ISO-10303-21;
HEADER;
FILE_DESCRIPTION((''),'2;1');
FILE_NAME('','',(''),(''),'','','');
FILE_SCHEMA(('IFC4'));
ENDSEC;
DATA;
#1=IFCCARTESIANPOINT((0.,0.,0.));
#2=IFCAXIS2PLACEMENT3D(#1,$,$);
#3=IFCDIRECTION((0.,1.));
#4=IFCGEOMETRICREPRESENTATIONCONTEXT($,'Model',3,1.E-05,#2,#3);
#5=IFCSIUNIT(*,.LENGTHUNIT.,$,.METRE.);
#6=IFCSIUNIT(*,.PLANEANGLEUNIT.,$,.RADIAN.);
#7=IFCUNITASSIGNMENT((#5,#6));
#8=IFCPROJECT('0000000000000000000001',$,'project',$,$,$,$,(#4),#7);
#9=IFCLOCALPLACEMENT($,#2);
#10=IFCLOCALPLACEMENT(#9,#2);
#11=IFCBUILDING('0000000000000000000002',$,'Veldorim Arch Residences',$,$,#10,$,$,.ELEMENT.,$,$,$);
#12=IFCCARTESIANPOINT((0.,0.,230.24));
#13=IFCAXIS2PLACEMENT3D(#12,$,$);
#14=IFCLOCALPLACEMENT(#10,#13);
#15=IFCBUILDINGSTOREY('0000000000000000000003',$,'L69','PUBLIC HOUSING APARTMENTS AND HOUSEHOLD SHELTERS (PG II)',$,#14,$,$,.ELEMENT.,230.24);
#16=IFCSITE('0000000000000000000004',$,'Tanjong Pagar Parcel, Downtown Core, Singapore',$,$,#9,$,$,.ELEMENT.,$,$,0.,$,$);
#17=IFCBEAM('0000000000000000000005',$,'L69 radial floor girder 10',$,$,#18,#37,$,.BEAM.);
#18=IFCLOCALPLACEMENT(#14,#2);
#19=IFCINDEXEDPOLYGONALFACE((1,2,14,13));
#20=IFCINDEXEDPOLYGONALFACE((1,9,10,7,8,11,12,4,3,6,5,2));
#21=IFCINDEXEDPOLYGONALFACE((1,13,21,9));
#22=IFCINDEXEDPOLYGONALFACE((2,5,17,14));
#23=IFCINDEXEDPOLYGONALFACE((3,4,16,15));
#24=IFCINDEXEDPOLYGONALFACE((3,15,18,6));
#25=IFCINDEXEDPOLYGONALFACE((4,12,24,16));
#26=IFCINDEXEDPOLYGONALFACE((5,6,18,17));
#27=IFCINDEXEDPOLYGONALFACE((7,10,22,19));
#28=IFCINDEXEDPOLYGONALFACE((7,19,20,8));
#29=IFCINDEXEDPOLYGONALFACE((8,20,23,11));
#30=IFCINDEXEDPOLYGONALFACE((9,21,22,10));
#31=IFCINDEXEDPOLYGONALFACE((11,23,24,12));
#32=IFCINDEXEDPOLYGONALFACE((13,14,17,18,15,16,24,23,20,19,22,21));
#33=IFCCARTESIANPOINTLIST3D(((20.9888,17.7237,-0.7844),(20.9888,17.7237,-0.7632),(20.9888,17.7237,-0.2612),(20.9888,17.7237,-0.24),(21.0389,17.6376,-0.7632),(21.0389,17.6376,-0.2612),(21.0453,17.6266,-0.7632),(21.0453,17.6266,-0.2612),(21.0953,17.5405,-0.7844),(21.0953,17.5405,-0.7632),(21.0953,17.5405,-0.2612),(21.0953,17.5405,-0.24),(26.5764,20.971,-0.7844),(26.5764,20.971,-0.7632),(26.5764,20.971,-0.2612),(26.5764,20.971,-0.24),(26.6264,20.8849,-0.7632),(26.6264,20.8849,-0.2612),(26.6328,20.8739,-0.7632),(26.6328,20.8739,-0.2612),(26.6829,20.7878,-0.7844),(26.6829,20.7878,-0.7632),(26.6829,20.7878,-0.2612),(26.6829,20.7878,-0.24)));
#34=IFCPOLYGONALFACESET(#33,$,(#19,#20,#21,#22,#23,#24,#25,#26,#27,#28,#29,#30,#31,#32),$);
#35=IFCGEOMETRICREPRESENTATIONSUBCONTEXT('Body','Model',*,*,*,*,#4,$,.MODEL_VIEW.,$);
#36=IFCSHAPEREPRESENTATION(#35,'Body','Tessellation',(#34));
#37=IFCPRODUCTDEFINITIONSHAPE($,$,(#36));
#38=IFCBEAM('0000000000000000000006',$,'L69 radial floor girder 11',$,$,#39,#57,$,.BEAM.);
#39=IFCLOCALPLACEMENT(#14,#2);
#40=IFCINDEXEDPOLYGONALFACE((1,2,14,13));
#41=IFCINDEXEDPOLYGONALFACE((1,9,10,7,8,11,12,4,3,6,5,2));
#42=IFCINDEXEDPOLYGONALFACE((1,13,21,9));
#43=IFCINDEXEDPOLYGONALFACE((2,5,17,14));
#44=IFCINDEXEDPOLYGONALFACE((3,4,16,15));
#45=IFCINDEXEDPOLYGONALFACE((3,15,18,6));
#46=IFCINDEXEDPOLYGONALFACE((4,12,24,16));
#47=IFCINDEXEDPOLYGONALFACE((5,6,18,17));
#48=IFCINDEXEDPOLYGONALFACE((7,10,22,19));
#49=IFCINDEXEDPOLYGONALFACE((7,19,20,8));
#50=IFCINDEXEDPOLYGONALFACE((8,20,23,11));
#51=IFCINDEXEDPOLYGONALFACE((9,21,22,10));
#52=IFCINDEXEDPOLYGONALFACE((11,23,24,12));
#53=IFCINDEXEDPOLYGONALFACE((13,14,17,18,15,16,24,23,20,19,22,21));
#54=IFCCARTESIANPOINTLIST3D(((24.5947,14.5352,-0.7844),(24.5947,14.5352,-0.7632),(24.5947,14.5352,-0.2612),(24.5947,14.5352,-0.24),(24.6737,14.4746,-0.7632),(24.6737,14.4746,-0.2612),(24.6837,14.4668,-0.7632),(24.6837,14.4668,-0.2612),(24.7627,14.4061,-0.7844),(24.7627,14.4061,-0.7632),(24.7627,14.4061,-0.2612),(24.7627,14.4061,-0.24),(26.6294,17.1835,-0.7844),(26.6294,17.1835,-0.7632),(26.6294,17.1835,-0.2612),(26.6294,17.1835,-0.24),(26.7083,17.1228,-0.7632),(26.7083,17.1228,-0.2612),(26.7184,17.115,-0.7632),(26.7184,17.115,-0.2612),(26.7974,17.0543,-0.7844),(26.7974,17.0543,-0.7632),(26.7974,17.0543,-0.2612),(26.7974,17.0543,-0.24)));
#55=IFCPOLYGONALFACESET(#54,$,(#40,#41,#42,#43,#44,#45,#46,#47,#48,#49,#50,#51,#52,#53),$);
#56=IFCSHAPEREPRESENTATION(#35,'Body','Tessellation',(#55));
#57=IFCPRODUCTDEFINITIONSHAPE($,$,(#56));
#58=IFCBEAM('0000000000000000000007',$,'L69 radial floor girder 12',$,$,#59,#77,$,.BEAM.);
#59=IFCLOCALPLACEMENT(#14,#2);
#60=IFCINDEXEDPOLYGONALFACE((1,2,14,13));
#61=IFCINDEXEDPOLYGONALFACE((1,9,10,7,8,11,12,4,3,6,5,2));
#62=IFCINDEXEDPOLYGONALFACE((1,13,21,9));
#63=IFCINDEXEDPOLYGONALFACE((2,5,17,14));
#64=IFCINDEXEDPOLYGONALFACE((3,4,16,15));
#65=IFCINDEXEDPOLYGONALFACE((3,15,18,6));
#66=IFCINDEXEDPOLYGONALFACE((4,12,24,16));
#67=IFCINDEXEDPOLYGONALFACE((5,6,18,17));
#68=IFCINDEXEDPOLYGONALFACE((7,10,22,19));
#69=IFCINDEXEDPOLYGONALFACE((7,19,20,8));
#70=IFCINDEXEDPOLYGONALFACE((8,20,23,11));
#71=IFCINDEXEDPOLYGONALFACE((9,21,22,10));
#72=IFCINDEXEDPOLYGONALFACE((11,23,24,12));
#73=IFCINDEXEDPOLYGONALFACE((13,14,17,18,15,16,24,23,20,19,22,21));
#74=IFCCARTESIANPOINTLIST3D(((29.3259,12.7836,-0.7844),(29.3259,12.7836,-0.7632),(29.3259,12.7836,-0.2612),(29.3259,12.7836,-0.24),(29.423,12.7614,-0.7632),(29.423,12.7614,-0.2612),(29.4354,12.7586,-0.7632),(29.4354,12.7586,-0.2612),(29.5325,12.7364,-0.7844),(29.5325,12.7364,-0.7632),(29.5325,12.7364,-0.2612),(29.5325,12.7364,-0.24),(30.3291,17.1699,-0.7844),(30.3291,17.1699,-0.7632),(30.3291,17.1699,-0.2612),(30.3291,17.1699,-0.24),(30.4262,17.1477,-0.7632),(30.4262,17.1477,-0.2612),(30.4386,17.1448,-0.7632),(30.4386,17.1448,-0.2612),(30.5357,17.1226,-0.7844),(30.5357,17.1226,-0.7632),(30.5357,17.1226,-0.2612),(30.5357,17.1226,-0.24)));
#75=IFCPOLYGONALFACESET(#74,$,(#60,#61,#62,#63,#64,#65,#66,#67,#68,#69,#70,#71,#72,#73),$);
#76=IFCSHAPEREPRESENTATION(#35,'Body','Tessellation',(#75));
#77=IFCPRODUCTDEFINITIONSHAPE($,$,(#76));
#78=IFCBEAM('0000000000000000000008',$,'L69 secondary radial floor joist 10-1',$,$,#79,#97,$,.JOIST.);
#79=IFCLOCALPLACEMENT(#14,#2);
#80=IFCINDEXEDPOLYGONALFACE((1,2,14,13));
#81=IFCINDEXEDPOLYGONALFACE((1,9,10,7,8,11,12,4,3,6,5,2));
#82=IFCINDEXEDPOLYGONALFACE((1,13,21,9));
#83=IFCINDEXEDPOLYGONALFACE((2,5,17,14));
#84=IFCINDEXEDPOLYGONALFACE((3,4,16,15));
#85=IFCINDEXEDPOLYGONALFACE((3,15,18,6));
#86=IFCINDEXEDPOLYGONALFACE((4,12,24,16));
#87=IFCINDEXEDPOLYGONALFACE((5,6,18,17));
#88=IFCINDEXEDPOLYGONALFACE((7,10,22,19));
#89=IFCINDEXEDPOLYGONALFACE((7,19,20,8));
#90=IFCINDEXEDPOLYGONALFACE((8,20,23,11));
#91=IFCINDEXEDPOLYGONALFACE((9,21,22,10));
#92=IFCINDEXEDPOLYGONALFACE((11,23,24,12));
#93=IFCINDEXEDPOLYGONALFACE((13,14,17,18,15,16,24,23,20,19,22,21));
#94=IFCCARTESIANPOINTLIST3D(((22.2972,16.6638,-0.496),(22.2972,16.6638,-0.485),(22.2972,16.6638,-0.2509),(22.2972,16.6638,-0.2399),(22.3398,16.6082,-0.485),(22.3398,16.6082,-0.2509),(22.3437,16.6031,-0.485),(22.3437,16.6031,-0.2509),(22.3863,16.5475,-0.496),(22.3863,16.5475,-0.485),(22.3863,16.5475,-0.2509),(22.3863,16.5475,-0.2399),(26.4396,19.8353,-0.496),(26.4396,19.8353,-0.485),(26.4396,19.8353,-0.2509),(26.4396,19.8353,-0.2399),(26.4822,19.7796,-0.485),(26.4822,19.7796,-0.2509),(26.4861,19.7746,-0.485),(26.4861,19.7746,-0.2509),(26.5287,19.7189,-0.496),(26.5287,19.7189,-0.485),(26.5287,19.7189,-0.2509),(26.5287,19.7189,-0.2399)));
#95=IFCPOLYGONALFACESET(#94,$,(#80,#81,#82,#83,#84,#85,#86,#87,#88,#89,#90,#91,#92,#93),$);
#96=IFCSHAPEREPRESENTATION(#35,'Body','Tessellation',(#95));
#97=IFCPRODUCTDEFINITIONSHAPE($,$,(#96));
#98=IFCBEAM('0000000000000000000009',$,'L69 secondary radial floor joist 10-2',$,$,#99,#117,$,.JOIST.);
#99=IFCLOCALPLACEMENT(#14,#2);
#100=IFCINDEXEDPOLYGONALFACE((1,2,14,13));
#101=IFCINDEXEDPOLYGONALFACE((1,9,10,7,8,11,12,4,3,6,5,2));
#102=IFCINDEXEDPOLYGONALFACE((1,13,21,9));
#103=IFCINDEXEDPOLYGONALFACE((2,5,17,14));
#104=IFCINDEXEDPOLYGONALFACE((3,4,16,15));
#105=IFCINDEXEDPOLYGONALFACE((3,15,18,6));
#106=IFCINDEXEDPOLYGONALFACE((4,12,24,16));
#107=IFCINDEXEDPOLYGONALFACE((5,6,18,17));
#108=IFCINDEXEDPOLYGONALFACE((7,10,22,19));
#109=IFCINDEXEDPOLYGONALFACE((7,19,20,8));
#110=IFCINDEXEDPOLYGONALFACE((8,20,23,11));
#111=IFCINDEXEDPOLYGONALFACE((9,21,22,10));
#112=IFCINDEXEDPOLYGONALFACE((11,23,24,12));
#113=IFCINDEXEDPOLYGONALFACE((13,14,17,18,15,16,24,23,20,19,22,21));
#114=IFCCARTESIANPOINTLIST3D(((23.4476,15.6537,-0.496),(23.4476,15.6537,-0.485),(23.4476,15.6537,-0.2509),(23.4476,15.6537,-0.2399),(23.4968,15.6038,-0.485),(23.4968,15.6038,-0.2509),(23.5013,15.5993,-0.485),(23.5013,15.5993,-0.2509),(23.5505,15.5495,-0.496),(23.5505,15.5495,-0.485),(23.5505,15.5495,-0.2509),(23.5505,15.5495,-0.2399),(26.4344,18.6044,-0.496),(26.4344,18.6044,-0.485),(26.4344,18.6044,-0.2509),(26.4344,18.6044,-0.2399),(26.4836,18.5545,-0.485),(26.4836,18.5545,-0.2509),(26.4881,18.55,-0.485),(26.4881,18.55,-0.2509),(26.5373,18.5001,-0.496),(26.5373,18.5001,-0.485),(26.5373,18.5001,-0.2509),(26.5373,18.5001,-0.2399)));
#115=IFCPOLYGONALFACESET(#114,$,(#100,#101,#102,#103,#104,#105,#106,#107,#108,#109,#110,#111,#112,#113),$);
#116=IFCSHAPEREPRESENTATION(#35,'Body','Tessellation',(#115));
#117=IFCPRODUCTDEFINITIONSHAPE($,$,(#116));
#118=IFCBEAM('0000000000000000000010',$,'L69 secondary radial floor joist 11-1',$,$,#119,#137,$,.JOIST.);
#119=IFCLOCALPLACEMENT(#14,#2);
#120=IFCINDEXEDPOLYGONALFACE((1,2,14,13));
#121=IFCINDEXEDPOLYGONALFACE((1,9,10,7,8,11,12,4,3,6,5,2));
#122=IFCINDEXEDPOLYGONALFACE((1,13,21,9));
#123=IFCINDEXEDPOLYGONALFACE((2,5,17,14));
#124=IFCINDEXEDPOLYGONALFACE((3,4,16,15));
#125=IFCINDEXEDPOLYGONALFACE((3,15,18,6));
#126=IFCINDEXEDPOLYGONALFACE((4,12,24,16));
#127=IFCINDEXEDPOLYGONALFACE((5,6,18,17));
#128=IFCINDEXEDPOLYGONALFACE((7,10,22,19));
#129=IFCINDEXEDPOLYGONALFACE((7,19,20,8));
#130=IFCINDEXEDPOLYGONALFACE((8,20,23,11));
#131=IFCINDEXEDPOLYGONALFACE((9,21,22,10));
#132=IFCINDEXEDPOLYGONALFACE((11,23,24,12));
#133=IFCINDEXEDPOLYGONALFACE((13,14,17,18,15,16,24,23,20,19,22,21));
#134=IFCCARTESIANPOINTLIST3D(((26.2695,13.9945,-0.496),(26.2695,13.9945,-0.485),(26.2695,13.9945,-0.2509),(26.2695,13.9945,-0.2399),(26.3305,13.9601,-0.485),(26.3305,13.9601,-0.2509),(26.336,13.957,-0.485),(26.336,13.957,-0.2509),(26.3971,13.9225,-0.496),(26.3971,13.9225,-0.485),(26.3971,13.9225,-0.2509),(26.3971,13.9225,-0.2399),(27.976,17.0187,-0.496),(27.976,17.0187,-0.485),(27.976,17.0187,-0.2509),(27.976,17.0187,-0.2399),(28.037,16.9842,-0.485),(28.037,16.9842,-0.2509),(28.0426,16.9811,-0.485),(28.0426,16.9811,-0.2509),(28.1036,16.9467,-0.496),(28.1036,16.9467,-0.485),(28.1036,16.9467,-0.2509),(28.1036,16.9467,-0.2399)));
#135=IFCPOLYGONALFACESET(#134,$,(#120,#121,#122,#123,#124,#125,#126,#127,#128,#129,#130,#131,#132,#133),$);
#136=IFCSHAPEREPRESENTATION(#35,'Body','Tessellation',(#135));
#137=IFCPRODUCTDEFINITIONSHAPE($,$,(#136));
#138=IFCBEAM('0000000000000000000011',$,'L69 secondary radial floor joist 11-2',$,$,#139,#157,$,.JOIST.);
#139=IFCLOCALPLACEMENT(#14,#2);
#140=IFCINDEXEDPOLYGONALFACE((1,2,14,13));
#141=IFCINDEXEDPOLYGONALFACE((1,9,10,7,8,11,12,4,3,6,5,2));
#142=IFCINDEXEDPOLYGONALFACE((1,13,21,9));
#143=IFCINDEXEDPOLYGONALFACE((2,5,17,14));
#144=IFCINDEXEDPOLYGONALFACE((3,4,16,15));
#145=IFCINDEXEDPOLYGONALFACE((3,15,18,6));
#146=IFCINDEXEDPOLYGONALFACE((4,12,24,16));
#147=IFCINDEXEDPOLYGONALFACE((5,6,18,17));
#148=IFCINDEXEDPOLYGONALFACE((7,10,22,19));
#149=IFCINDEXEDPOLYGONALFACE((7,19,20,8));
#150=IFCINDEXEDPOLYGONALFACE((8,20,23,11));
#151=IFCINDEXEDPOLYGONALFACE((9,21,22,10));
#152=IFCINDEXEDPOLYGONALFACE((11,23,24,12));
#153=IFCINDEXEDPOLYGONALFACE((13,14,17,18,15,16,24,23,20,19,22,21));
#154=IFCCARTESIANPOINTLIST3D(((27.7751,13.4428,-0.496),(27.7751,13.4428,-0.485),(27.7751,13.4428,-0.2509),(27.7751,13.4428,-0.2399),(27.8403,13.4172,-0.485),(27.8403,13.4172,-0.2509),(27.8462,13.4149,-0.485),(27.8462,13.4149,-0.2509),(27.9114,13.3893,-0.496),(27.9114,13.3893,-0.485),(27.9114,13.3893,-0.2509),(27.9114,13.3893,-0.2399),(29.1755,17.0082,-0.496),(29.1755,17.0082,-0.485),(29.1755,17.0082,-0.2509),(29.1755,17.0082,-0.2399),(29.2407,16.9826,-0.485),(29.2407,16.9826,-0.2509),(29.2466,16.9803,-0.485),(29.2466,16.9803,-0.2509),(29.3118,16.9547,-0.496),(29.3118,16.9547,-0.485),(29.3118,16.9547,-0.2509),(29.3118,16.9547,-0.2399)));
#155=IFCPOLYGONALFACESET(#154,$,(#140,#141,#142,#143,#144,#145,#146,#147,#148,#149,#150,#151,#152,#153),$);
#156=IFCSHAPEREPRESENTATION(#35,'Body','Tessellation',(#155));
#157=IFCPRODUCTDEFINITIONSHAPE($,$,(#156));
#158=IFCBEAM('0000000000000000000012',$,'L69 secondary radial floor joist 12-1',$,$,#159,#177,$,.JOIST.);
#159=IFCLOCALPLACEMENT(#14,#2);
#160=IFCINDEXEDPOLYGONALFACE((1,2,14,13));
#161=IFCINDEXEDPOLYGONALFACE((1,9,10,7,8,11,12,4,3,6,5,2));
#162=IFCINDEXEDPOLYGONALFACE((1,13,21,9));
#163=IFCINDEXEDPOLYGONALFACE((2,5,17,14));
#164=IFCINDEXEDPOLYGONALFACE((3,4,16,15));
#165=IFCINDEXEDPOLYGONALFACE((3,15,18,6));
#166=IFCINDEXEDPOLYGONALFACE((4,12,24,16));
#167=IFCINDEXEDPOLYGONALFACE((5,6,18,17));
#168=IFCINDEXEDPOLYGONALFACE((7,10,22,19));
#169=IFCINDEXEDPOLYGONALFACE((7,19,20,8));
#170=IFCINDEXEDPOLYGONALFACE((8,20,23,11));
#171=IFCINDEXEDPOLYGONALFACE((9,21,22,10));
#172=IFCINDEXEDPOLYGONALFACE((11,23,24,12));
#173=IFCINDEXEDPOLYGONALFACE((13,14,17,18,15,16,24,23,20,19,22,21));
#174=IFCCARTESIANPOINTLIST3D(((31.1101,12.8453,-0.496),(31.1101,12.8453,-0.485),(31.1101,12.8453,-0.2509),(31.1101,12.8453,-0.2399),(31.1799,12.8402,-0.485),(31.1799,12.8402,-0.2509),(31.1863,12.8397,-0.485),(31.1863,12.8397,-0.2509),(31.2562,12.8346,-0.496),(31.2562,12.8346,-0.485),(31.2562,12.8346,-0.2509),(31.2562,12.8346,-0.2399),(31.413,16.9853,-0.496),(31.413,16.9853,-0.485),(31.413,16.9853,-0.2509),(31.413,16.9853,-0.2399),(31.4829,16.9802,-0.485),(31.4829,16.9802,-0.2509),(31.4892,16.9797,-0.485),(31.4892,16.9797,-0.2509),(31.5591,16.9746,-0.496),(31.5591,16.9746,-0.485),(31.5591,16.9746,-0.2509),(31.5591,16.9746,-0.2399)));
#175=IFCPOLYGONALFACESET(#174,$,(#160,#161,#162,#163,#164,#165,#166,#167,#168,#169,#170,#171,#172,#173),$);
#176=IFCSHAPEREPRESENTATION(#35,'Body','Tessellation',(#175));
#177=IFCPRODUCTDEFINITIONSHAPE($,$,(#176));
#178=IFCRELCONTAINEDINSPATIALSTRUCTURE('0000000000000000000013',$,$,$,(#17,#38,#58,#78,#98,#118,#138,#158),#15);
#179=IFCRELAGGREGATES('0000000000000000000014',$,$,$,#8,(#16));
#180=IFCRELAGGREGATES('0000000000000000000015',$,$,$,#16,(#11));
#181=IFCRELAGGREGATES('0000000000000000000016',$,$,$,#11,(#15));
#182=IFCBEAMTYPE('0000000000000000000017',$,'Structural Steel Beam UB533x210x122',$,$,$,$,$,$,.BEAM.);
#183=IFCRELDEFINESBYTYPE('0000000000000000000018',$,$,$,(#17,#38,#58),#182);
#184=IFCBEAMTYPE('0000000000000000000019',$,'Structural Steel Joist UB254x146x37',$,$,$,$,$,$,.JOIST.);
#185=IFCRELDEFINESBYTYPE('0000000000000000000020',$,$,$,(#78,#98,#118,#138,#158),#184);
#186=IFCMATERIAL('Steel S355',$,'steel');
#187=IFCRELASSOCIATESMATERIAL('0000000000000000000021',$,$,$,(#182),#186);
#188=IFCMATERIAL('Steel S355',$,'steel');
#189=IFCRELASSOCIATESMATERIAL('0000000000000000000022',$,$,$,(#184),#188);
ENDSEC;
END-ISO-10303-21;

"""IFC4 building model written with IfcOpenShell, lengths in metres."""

from ifc_helpers import new_model, si_unit, direction, frame, origin, origin_2d, place, context, subcontext, project, spatial, i_section, extrude, material, material_profile, profile_set, type_object, element, save


model = new_model("IFC4")

# Units and contexts
model_context = context("Model", 3, precision=1e-05, world=origin(), true_north=direction((0.0, 1.0)))
body_context = subcontext(model_context, "Body", "Model", "MODEL_VIEW")
ifc_project = project(units=[si_unit("LENGTHUNIT", "METRE"), si_unit("PLANEANGLEUNIT", "RADIAN")], contexts=[model_context])

# Site, building, storey
site_placement = place(None, origin())
site = spatial("IfcSite", under=ifc_project, at=site_placement, Name="Tanjong Pagar Parcel, Downtown Core, Singapore", CompositionType="ELEMENT", RefElevation=0.0)
building_placement = place(site_placement, origin())
building = spatial("IfcBuilding", under=site, at=building_placement, Name="Veldorim Arch Residences", CompositionType="ELEMENT")
storey_placement = place(building_placement, frame((0.0, 0.0, 230.24)))
storey = spatial("IfcBuildingStorey", under=building, at=storey_placement, Name="L69", Description="PUBLIC HOUSING APARTMENTS AND HOUSEHOLD SHELTERS (PG II)", CompositionType="ELEMENT", Elevation=230.24)

# Beams
ifc_material_1 = material(Name="Steel S355", Category="steel")
ifc_material_profile_1 = material_profile(ifc_material_1, i_section(OverallWidth=0.2119, OverallDepth=0.5444, WebThickness=0.0127, FlangeThickness=0.0212, at=origin_2d()), Name="UB533x210x122")
ifc_profile_set_1 = profile_set([ifc_material_profile_1], Name="Steel S355")
beam_type_1 = type_object("IfcBeamType", Name="Structural Steel Beam UB533x210x122", PredefinedType="BEAM", material=ifc_profile_set_1)
beam_1_placement = place(storey_placement, frame((26.6296, 20.8794, -0.5122), z_axis=(-0.864596, -0.502468, 0.0), x_axis=(0.502468, -0.864596, 0.0)))
element("IfcBeam", 1, at=beam_1_placement, inside=storey, type_object=beam_type_1, Name="L69 radial floor girder 10", PredefinedType="BEAM", context=body_context, shape_type="SweptSolid", body=[
    extrude(i_section(OverallWidth=0.2119, OverallDepth=0.5444, WebThickness=0.0127, FlangeThickness=0.0212, at=origin_2d()), origin(), (0.0, 0.0, 1.0), 6.4626),
])
beam_2_placement = place(storey_placement, frame((26.7134, 17.1189, -0.5122), z_axis=(-0.609258, -0.792972, 0.0), x_axis=(0.792972, -0.609258, 0.0)))
element("IfcBeam", 2, at=beam_2_placement, inside=storey, type_object=beam_type_1, Name="L69 radial floor girder 11", PredefinedType="BEAM", context=body_context, shape_type="SweptSolid", body=[
    extrude(i_section(OverallWidth=0.2119, OverallDepth=0.5444, WebThickness=0.0127, FlangeThickness=0.0212, at=origin_2d()), origin(), (0.0, 0.0, 1.0), 3.3396),
])
beam_3_placement = place(storey_placement, frame((30.4324, 17.1462, -0.5122), z_axis=(-0.222953, -0.974829, 0.0), x_axis=(0.974829, -0.222953, 0.0)))
element("IfcBeam", 3, at=beam_3_placement, inside=storey, type_object=beam_type_1, Name="L69 radial floor girder 12", PredefinedType="BEAM", context=body_context, shape_type="SweptSolid", body=[
    extrude(i_section(OverallWidth=0.2119, OverallDepth=0.5444, WebThickness=0.0127, FlangeThickness=0.0212, at=origin_2d()), origin(), (0.0, 0.0, 1.0), 4.4995),
])
ifc_material_2 = material(Name="Steel S355", Category="steel")
ifc_material_profile_2 = material_profile(ifc_material_2, i_section(OverallWidth=0.1465, OverallDepth=0.2561, WebThickness=0.0063, FlangeThickness=0.011, at=origin_2d()), Name="UB254x146x37")
ifc_profile_set_2 = profile_set([ifc_material_profile_2], Name="Steel S355")
beam_type_2 = type_object("IfcBeamType", Name="Structural Steel Joist UB254x146x37", PredefinedType="JOIST", material=ifc_profile_set_2)
beam_4_placement = place(storey_placement, frame((26.4841, 19.7771, -0.3679), z_axis=(-0.794014, -0.6079, 0.0), x_axis=(0.6079, -0.794014, 0.0)))
element("IfcBeam", 4, at=beam_4_placement, inside=storey, type_object=beam_type_2, Name="L69 secondary radial floor joist 10-1", PredefinedType="JOIST", context=body_context, shape_type="SweptSolid", body=[
    extrude(i_section(OverallWidth=0.1465, OverallDepth=0.2561, WebThickness=0.0063, FlangeThickness=0.011, at=origin_2d()), origin(), (0.0, 0.0, 1.0), 5.217),
])
beam_5_placement = place(storey_placement, frame((26.4858, 18.5522, -0.3679), z_axis=(-0.711397, -0.702791, 0.0), x_axis=(0.702791, -0.711397, 0.0)))
element("IfcBeam", 5, at=beam_5_placement, inside=storey, type_object=beam_type_2, Name="L69 secondary radial floor joist 10-2", PredefinedType="JOIST", context=body_context, shape_type="SweptSolid", body=[
    extrude(i_section(OverallWidth=0.1465, OverallDepth=0.2561, WebThickness=0.0063, FlangeThickness=0.011, at=origin_2d()), origin(), (0.0, 0.0, 1.0), 4.1985),
])
beam_6_placement = place(storey_placement, frame((28.0398, 16.9827, -0.3679), z_axis=(-0.491452, -0.870904, 0.0), x_axis=(0.870904, -0.491452, 0.0)))
element("IfcBeam", 6, at=beam_6_placement, inside=storey, type_object=beam_type_2, Name="L69 secondary radial floor joist 11-1", PredefinedType="JOIST", context=body_context, shape_type="SweptSolid", body=[
    extrude(i_section(OverallWidth=0.1465, OverallDepth=0.2561, WebThickness=0.0063, FlangeThickness=0.011, at=origin_2d()), origin(), (0.0, 0.0, 1.0), 3.4724),
])
beam_7_placement = place(storey_placement, frame((29.2437, 16.9814, -0.3679), z_axis=(-0.365581, -0.930779, 0.0), x_axis=(0.930779, -0.365581, 0.0)))
element("IfcBeam", 7, at=beam_7_placement, inside=storey, type_object=beam_type_2, Name="L69 secondary radial floor joist 11-2", PredefinedType="JOIST", context=body_context, shape_type="SweptSolid", body=[
    extrude(i_section(OverallWidth=0.1465, OverallDepth=0.2561, WebThickness=0.0063, FlangeThickness=0.011, at=origin_2d()), origin(), (0.0, 0.0, 1.0), 3.8306),
])
beam_8_placement = place(storey_placement, frame((31.4861, 16.98, -0.3679), z_axis=(-0.072986, -0.997333, 0.0), x_axis=(0.997333, -0.072986, 0.0)))
element("IfcBeam", 8, at=beam_8_placement, inside=storey, type_object=beam_type_2, Name="L69 secondary radial floor joist 12-1", PredefinedType="JOIST", context=body_context, shape_type="SweptSolid", body=[
    extrude(i_section(OverallWidth=0.1465, OverallDepth=0.2561, WebThickness=0.0063, FlangeThickness=0.011, at=origin_2d()), origin(), (0.0, 0.0, 1.0), 4.1511),
])

save(model, "model.ifc")
